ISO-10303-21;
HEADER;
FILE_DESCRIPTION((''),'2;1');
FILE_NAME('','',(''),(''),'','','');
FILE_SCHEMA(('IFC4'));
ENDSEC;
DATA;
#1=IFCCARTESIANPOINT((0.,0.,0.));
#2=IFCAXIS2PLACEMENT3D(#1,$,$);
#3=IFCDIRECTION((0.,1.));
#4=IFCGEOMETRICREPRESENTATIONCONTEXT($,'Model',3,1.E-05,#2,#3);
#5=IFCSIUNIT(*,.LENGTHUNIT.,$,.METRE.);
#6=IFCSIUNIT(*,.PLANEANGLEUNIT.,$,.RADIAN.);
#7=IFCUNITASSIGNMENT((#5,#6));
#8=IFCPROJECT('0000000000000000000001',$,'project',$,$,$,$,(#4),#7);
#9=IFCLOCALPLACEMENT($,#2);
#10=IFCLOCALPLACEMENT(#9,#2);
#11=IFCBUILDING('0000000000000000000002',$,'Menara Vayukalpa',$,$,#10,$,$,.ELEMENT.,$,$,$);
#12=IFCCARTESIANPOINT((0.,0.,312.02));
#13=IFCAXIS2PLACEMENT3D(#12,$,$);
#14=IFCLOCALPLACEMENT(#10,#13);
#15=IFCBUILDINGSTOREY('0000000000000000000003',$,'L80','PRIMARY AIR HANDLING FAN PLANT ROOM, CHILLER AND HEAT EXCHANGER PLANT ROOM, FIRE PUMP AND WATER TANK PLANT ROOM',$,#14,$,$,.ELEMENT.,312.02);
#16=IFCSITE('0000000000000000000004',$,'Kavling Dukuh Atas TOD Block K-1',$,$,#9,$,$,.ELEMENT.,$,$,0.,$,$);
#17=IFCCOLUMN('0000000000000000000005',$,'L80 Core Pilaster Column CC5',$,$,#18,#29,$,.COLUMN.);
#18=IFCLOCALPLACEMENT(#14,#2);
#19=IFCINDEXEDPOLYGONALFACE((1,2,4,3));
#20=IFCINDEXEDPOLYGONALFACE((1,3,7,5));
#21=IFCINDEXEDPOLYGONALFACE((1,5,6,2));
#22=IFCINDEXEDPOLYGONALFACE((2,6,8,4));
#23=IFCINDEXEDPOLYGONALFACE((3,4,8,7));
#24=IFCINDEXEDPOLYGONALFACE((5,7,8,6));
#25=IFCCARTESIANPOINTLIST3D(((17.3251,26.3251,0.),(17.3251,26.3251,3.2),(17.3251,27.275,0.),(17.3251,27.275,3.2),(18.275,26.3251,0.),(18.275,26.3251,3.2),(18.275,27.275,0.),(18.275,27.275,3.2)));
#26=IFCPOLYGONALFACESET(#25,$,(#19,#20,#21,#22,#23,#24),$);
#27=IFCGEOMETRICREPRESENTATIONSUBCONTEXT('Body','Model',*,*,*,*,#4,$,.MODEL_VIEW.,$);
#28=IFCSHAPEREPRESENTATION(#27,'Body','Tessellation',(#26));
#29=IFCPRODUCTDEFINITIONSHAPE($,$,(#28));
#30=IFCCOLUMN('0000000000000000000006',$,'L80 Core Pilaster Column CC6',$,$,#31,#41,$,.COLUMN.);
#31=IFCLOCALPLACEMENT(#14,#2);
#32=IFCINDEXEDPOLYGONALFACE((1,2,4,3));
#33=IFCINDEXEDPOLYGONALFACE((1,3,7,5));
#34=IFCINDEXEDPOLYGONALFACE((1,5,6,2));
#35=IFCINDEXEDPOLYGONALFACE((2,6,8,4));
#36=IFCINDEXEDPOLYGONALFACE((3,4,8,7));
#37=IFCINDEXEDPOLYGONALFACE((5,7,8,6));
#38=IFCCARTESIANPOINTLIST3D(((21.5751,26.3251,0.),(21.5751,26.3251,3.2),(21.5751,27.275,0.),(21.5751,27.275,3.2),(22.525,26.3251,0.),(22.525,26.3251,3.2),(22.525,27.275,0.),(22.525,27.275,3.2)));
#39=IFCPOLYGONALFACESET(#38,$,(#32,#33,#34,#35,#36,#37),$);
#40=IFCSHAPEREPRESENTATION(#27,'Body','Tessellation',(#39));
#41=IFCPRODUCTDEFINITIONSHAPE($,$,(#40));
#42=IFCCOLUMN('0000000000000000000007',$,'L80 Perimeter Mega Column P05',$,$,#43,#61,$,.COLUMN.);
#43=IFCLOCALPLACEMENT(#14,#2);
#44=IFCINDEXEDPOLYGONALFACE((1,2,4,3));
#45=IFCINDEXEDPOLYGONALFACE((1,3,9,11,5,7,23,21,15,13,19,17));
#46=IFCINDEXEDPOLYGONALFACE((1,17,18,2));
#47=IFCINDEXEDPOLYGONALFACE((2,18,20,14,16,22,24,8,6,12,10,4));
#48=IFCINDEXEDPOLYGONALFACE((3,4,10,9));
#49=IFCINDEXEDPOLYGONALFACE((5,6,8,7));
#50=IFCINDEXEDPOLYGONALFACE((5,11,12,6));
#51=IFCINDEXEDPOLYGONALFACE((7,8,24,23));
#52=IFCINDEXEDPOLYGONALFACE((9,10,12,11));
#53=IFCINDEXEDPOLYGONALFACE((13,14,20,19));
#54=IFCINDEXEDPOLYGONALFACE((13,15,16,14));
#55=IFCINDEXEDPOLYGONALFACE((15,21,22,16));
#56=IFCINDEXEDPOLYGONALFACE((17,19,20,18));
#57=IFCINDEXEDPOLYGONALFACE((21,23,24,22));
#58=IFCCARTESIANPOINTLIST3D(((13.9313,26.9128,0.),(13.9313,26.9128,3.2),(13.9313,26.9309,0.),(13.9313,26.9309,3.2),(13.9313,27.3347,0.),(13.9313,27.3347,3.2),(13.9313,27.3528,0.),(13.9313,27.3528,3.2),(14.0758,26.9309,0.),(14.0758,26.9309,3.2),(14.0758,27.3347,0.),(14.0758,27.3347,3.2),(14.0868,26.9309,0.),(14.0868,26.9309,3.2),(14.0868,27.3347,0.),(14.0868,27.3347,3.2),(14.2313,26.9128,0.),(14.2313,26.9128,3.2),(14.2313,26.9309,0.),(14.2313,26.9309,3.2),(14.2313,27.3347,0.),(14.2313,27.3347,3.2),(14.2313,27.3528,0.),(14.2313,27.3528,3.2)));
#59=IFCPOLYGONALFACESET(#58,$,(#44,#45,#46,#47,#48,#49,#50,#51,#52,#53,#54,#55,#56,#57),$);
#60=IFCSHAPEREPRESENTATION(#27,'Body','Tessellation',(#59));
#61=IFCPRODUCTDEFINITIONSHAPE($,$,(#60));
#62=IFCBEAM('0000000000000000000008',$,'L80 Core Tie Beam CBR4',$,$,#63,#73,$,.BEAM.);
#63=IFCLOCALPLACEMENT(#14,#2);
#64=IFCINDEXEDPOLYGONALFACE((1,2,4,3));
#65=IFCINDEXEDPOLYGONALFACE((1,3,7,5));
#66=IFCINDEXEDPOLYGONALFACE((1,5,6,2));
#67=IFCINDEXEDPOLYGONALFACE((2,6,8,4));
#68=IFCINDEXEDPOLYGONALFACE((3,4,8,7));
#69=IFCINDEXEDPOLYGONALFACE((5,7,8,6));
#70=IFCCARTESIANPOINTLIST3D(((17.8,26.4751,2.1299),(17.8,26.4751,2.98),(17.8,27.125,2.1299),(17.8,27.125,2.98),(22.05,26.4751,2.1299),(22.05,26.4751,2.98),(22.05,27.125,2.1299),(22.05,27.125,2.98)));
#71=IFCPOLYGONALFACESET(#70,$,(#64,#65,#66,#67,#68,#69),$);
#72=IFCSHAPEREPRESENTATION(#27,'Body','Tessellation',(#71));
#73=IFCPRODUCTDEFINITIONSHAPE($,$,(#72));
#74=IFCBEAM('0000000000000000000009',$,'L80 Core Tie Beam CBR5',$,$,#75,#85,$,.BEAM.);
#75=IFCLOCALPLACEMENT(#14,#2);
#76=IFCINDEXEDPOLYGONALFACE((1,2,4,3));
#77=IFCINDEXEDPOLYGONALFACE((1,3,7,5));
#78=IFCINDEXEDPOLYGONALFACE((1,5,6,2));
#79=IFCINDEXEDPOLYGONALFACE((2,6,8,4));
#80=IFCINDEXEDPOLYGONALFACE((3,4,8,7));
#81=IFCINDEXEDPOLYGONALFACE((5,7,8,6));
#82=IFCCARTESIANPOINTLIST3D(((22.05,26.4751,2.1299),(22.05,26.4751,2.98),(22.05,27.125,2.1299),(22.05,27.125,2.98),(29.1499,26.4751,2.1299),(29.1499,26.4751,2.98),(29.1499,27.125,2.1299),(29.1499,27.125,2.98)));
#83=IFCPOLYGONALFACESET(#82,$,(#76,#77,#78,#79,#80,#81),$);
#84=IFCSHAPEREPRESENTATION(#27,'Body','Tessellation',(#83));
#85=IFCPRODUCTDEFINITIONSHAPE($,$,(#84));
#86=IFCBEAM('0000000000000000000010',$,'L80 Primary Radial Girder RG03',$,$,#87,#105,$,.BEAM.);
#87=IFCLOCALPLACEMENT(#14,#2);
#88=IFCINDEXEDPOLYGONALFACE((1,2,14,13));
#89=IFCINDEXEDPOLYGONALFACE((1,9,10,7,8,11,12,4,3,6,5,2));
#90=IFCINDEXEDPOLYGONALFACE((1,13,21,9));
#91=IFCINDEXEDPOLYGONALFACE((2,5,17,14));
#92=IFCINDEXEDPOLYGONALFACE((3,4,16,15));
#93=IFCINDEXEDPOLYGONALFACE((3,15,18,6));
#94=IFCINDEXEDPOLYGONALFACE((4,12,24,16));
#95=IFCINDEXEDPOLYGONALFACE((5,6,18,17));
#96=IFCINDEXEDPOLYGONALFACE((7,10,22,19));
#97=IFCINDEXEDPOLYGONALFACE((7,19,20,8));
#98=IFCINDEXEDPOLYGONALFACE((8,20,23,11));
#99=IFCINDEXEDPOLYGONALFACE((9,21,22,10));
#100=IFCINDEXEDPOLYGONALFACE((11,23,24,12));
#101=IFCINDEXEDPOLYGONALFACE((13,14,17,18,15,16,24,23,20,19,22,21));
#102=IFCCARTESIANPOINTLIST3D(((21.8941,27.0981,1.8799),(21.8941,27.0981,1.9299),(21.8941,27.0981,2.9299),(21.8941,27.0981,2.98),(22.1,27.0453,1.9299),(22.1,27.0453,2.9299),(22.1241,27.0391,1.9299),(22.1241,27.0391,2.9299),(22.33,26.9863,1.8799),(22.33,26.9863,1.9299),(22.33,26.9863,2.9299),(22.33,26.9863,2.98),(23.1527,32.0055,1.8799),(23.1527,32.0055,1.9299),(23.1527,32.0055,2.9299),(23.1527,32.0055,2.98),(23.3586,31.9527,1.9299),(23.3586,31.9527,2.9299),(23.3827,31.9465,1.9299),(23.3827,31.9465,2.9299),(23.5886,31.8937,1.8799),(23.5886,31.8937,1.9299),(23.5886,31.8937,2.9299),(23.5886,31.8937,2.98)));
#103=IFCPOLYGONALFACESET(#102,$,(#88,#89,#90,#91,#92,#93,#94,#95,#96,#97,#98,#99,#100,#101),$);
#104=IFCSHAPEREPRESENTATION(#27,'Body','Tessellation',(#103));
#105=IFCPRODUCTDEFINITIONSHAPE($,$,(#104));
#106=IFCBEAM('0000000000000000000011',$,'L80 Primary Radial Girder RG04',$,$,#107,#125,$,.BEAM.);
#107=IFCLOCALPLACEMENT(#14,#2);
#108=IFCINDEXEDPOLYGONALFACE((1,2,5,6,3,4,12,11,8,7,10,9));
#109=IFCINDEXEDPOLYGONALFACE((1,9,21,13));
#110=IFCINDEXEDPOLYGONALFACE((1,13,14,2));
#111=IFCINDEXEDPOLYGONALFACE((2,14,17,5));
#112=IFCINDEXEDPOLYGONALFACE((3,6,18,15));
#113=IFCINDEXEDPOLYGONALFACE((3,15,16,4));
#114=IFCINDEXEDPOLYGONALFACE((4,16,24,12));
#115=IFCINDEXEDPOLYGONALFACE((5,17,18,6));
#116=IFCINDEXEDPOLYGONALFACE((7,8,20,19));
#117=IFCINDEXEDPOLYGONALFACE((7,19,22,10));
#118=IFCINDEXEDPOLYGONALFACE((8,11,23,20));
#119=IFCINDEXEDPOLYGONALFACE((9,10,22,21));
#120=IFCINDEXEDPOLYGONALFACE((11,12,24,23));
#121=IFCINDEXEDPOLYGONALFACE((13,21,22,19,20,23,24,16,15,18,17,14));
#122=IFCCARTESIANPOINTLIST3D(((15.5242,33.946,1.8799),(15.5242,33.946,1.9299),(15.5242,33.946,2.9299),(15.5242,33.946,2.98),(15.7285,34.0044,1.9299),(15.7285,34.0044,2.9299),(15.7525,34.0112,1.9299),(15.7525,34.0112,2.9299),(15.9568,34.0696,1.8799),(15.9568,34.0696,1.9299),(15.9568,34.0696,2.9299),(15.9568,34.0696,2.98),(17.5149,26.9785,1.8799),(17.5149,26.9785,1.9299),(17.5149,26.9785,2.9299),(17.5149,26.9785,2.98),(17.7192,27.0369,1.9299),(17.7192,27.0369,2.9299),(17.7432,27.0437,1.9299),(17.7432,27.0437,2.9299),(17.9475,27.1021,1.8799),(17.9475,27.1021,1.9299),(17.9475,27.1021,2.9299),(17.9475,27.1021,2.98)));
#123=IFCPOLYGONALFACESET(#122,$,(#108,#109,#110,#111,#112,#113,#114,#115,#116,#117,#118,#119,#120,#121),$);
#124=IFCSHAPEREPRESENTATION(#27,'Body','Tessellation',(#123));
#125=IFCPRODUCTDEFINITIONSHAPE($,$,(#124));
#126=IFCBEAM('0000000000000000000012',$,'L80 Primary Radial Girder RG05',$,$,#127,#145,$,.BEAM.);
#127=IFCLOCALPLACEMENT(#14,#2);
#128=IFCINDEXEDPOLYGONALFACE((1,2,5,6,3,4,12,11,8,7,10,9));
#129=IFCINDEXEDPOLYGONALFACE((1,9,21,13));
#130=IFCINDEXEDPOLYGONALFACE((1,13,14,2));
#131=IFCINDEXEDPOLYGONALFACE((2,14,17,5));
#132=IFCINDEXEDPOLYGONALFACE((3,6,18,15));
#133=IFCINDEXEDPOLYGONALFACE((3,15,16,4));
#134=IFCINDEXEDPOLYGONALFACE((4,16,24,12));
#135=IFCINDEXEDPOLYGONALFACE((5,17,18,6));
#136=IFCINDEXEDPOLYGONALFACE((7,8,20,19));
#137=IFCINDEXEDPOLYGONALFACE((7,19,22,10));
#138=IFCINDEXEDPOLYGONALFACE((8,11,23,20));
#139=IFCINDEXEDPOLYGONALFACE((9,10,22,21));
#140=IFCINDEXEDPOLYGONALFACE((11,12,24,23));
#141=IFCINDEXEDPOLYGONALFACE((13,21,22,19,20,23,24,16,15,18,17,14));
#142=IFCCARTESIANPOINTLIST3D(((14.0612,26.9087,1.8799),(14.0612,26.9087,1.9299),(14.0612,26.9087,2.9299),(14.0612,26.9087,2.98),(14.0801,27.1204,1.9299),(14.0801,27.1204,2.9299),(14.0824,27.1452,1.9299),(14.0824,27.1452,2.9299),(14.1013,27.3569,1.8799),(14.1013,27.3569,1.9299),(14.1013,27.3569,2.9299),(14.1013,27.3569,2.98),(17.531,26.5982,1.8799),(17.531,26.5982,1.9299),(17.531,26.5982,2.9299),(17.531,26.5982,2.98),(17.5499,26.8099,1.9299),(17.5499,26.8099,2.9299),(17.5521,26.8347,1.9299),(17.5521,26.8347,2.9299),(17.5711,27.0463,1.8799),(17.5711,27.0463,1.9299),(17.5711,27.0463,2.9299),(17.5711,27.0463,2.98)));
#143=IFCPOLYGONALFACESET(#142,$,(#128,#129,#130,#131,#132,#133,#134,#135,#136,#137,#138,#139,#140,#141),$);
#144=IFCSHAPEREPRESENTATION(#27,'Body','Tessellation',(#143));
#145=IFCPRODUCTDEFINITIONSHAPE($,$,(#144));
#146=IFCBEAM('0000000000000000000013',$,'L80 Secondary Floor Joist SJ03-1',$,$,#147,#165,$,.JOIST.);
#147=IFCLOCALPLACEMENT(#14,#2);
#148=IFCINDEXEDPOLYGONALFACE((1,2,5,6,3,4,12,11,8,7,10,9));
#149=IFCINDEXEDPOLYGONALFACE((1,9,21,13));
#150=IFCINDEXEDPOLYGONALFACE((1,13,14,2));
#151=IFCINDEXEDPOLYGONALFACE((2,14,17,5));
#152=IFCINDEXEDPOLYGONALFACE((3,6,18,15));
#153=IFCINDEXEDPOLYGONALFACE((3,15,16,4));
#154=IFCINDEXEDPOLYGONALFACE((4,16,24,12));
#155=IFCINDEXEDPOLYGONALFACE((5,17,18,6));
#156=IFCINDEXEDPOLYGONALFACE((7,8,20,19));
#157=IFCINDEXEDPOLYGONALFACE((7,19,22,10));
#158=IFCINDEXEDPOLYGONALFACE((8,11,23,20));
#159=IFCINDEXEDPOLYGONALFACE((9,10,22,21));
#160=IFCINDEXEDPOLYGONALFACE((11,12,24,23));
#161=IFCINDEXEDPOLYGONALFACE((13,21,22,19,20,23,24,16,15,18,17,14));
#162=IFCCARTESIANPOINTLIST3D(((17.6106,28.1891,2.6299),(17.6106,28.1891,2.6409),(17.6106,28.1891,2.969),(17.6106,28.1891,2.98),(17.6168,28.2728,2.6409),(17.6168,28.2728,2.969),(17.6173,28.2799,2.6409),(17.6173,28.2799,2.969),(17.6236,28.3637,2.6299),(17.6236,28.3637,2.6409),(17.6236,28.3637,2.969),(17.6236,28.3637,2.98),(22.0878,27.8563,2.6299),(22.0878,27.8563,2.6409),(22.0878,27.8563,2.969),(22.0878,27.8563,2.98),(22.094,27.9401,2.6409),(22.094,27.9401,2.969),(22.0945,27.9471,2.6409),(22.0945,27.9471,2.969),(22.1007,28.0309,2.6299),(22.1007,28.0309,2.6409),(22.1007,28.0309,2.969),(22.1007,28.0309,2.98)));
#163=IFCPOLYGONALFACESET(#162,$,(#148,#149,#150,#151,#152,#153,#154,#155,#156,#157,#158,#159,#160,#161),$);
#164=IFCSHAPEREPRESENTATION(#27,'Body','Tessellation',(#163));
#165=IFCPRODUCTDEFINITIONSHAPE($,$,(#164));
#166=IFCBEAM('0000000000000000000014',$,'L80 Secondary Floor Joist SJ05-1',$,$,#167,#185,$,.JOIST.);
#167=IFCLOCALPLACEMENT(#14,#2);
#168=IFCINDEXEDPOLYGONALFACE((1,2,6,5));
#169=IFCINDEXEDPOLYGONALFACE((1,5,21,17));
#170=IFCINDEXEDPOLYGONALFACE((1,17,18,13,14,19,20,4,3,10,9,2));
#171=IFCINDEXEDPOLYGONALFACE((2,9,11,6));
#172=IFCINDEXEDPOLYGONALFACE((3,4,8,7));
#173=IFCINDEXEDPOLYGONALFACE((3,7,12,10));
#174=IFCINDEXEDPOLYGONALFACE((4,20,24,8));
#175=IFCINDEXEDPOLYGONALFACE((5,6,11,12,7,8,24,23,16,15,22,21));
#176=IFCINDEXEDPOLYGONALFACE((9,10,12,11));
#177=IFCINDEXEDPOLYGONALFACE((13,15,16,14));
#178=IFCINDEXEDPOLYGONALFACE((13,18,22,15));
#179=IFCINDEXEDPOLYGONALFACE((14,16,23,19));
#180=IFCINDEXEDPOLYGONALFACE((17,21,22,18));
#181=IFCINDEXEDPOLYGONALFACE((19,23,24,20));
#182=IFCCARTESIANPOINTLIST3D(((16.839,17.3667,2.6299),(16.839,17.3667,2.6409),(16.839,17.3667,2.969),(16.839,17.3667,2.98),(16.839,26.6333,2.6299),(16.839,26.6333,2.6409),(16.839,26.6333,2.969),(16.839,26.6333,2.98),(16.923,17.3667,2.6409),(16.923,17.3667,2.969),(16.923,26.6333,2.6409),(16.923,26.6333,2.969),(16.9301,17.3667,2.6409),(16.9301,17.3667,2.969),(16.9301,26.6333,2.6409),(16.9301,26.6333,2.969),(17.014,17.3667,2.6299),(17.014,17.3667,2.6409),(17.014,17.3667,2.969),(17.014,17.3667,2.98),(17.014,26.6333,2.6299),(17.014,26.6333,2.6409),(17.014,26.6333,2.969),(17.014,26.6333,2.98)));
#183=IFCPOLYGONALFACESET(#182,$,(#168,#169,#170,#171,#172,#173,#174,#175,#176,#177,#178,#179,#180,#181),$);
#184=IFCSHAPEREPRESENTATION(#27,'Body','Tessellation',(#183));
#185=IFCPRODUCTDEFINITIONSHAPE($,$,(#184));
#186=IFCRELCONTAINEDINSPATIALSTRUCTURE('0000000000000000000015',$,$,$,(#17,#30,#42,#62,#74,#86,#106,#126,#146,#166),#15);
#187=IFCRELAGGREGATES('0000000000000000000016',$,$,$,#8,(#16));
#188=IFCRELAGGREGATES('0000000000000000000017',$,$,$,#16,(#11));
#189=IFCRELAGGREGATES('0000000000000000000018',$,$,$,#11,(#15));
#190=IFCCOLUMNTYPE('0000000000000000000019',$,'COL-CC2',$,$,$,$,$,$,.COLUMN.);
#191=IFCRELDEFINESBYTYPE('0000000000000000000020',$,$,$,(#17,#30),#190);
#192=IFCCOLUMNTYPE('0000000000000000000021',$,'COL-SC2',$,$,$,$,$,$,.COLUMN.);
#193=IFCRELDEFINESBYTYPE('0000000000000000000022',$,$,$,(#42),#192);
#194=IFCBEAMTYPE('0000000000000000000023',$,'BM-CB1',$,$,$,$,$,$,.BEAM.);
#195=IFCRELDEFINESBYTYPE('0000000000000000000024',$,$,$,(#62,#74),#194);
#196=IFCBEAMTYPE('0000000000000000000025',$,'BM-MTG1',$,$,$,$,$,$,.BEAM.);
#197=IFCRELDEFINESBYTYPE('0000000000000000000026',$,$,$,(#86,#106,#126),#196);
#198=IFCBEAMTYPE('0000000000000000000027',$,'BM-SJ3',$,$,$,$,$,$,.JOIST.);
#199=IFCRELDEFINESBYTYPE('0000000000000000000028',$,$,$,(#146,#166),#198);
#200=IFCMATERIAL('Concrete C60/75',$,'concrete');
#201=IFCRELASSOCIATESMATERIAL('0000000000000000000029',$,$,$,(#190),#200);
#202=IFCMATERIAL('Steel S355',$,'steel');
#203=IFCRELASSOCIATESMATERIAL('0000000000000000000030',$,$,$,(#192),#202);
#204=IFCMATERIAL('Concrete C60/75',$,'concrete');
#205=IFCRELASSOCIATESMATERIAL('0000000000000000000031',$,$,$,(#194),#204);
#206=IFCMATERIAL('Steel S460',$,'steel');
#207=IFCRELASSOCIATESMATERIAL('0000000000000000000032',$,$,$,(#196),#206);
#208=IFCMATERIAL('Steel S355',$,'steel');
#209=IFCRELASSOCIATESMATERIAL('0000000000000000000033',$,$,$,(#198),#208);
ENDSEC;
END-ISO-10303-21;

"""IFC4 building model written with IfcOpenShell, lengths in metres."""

from ifc_helpers import new_model, si_unit, direction, frame, origin, origin_2d, place, context, subcontext, project, spatial, rectangle, i_section, extrude, material, material_profile, profile_set, type_object, element, save


model = new_model("IFC4")

# Units and contexts
model_context = context("Model", 3, precision=1e-05, world=origin(), true_north=direction((0.0, 1.0)))
body_context = subcontext(model_context, "Body", "Model", "MODEL_VIEW")
ifc_project = project(units=[si_unit("LENGTHUNIT", "METRE"), si_unit("PLANEANGLEUNIT", "RADIAN")], contexts=[model_context])

# Site, building, storey
site_placement = place(None, origin())
site = spatial("IfcSite", under=ifc_project, at=site_placement, Name="Kavling Dukuh Atas TOD Block K-1", CompositionType="ELEMENT", RefElevation=0.0)
building_placement = place(site_placement, origin())
building = spatial("IfcBuilding", under=site, at=building_placement, Name="Menara Vayukalpa", CompositionType="ELEMENT")
storey_placement = place(building_placement, frame((0.0, 0.0, 312.02)))
storey = spatial("IfcBuildingStorey", under=building, at=storey_placement, Name="L80", Description="PRIMARY AIR HANDLING FAN PLANT ROOM, CHILLER AND HEAT EXCHANGER PLANT ROOM, FIRE PUMP AND WATER TANK PLANT ROOM", CompositionType="ELEMENT", Elevation=312.02)

# Columns
ifc_material_1 = material(Name="Concrete C60/75", Category="concrete")
ifc_material_profile_1 = material_profile(ifc_material_1, rectangle(XDim=0.95, YDim=0.95, at=origin_2d()), Name="RC 950x950")
ifc_profile_set_1 = profile_set([ifc_material_profile_1], Name="Concrete C60/75")
column_type_1 = type_object("IfcColumnType", Name="COL-CC2", PredefinedType="COLUMN", material=ifc_profile_set_1)
for number, where, z_axis, x_axis, name in (
    (1, (17.8, 26.8, 0.0), (0.0, 0.0, 1.0), (1.0, 0.0, 0.0), "L80 Core Pilaster Column CC5"),
    (2, (22.05, 26.8, 0.0), (0.0, 0.0, 1.0), (1.0, 0.0, 0.0), "L80 Core Pilaster Column CC6"),
):
    element("IfcColumn", number, at=place(storey_placement, frame(where, z_axis=z_axis, x_axis=x_axis)), inside=storey, type_object=column_type_1, Name=name, PredefinedType="COLUMN", context=body_context, shape_type="SweptSolid", body=[
        extrude(rectangle(XDim=0.95, YDim=0.95, at=origin_2d()), origin(), (0.0, 0.0, 1.0), 3.2),
    ])
ifc_material_2 = material(Name="Steel S355", Category="steel")
ifc_material_profile_2 = material_profile(ifc_material_2, i_section(OverallWidth=0.3, OverallDepth=0.4399, WebThickness=0.011, FlangeThickness=0.0181, at=origin_2d()), Name="H 440x300x11x18")
ifc_profile_set_2 = profile_set([ifc_material_profile_2], Name="Steel S355")
column_type_2 = type_object("IfcColumnType", Name="COL-SC2", PredefinedType="COLUMN", material=ifc_profile_set_2)
column_placement = place(storey_placement, frame((14.0813, 27.1328, 0.0), z_axis=(0.0, 0.0, 1.0), x_axis=(1.0, 0.0, 0.0)))
element("IfcColumn", 3, at=column_placement, inside=storey, type_object=column_type_2, Name="L80 Perimeter Mega Column P05", PredefinedType="COLUMN", context=body_context, shape_type="SweptSolid", body=[
    extrude(i_section(OverallWidth=0.3, OverallDepth=0.4399, WebThickness=0.011, FlangeThickness=0.0181, at=origin_2d()), origin(), (0.0, 0.0, 1.0), 3.2),
])

# Beams
ifc_material_3 = material(Name="Concrete C60/75", Category="concrete")
ifc_material_profile_3 = material_profile(ifc_material_3, rectangle(XDim=0.6499, YDim=0.8501, at=origin_2d()), Name="RC 650x850")
ifc_profile_set_3 = profile_set([ifc_material_profile_3], Name="Concrete C60/75")
beam_type_1 = type_object("IfcBeamType", Name="BM-CB1", PredefinedType="BEAM", material=ifc_profile_set_3)
beam_1_placement = place(storey_placement, frame((17.8, 26.8, 2.5549), z_axis=(1.0, 0.0, 0.0), x_axis=(0.0, 1.0, 0.0)))
element("IfcBeam", 4, at=beam_1_placement, inside=storey, type_object=beam_type_1, Name="L80 Core Tie Beam CBR4", PredefinedType="BEAM", context=body_context, shape_type="SweptSolid", body=[
    extrude(rectangle(XDim=0.6499, YDim=0.8501, at=origin_2d()), origin(), (0.0, 0.0, 1.0), 4.25),
])
beam_2_placement = place(storey_placement, frame((22.05, 26.8, 2.5549), z_axis=(1.0, 0.0, 0.0), x_axis=(0.0, 1.0, 0.0)))
element("IfcBeam", 5, at=beam_2_placement, inside=storey, type_object=beam_type_1, Name="L80 Core Tie Beam CBR5", PredefinedType="BEAM", context=body_context, shape_type="SweptSolid", body=[
    extrude(rectangle(XDim=0.6499, YDim=0.8501, at=origin_2d()), origin(), (0.0, 0.0, 1.0), 7.0999),
])
ifc_material_4 = material(Name="Steel S460", Category="steel")
ifc_material_profile_4 = material_profile(ifc_material_4, i_section(OverallWidth=0.45, OverallDepth=1.1001, WebThickness=0.0249, FlangeThickness=0.05, at=origin_2d()), Name="WG 1100x450x25x50")
ifc_profile_set_4 = profile_set([ifc_material_profile_4], Name="Steel S460")
beam_type_2 = type_object("IfcBeamType", Name="BM-MTG1", PredefinedType="BEAM", material=ifc_profile_set_4)
beam_3_placement = place(storey_placement, frame((22.1121, 27.0422, 2.4299), z_axis=(0.248428, 0.96865, 0.0), x_axis=(-0.96865, 0.248428, 0.0)))
element("IfcBeam", 6, at=beam_3_placement, inside=storey, type_object=beam_type_2, Name="L80 Primary Radial Girder RG03", PredefinedType="BEAM", context=body_context, shape_type="SweptSolid", body=[
    extrude(i_section(OverallWidth=0.45, OverallDepth=1.1001, WebThickness=0.0249, FlangeThickness=0.05, at=origin_2d()), origin(), (0.0, 0.0, 1.0), 5.0662),
])
beam_4_placement = place(storey_placement, frame((17.7312, 27.0403, 2.4299), z_axis=(-0.274721, 0.961524, 0.0), x_axis=(-0.961524, -0.274721, 0.0)))
element("IfcBeam", 7, at=beam_4_placement, inside=storey, type_object=beam_type_2, Name="L80 Primary Radial Girder RG04", PredefinedType="BEAM", context=body_context, shape_type="SweptSolid", body=[
    extrude(i_section(OverallWidth=0.45, OverallDepth=1.1001, WebThickness=0.0249, FlangeThickness=0.05, at=origin_2d()), origin(), (0.0, 0.0, 1.0), 7.2463),
])
beam_5_placement = place(storey_placement, frame((17.551, 26.8223, 2.4299), z_axis=(-0.996019, 0.089145, 0.0), x_axis=(-0.089145, -0.996019, 0.0)))
element("IfcBeam", 8, at=beam_5_placement, inside=storey, type_object=beam_type_2, Name="L80 Primary Radial Girder RG05", PredefinedType="BEAM", context=body_context, shape_type="SweptSolid", body=[
    extrude(i_section(OverallWidth=0.45, OverallDepth=1.1001, WebThickness=0.0249, FlangeThickness=0.05, at=origin_2d()), origin(), (0.0, 0.0, 1.0), 3.4836),
])
ifc_material_5 = material(Name="Steel S355", Category="steel")
ifc_material_profile_5 = material_profile(ifc_material_5, i_section(OverallWidth=0.175, OverallDepth=0.3501, WebThickness=0.0071, FlangeThickness=0.011, at=origin_2d()), Name="WF 350x175x7x11")
ifc_profile_set_5 = profile_set([ifc_material_profile_5], Name="Steel S355")
beam_type_3 = type_object("IfcBeamType", Name="BM-SJ3", PredefinedType="JOIST", material=ifc_profile_set_5)
beam_6_placement = place(storey_placement, frame((22.0942, 27.9436, 2.8049), z_axis=(-0.997249, 0.074122, 0.0), x_axis=(-0.074122, -0.997249, 0.0)))
element("IfcBeam", 9, at=beam_6_placement, inside=storey, type_object=beam_type_3, Name="L80 Secondary Floor Joist SJ03-1", PredefinedType="JOIST", context=body_context, shape_type="SweptSolid", body=[
    extrude(i_section(OverallWidth=0.175, OverallDepth=0.3501, WebThickness=0.0071, FlangeThickness=0.011, at=origin_2d()), origin(), (0.0, 0.0, 1.0), 4.4895),
])
beam_7_placement = place(storey_placement, frame((16.9265, 26.6333, 2.8049), z_axis=(0.0, -1.0, 0.0), x_axis=(1.0, 0.0, 0.0)))
element("IfcBeam", 10, at=beam_7_placement, inside=storey, type_object=beam_type_3, Name="L80 Secondary Floor Joist SJ05-1", PredefinedType="JOIST", context=body_context, shape_type="SweptSolid", body=[
    extrude(i_section(OverallWidth=0.175, OverallDepth=0.3501, WebThickness=0.0071, FlangeThickness=0.011, at=origin_2d()), origin(), (0.0, 0.0, 1.0), 9.2666),
])

save(model, "model.ifc")
